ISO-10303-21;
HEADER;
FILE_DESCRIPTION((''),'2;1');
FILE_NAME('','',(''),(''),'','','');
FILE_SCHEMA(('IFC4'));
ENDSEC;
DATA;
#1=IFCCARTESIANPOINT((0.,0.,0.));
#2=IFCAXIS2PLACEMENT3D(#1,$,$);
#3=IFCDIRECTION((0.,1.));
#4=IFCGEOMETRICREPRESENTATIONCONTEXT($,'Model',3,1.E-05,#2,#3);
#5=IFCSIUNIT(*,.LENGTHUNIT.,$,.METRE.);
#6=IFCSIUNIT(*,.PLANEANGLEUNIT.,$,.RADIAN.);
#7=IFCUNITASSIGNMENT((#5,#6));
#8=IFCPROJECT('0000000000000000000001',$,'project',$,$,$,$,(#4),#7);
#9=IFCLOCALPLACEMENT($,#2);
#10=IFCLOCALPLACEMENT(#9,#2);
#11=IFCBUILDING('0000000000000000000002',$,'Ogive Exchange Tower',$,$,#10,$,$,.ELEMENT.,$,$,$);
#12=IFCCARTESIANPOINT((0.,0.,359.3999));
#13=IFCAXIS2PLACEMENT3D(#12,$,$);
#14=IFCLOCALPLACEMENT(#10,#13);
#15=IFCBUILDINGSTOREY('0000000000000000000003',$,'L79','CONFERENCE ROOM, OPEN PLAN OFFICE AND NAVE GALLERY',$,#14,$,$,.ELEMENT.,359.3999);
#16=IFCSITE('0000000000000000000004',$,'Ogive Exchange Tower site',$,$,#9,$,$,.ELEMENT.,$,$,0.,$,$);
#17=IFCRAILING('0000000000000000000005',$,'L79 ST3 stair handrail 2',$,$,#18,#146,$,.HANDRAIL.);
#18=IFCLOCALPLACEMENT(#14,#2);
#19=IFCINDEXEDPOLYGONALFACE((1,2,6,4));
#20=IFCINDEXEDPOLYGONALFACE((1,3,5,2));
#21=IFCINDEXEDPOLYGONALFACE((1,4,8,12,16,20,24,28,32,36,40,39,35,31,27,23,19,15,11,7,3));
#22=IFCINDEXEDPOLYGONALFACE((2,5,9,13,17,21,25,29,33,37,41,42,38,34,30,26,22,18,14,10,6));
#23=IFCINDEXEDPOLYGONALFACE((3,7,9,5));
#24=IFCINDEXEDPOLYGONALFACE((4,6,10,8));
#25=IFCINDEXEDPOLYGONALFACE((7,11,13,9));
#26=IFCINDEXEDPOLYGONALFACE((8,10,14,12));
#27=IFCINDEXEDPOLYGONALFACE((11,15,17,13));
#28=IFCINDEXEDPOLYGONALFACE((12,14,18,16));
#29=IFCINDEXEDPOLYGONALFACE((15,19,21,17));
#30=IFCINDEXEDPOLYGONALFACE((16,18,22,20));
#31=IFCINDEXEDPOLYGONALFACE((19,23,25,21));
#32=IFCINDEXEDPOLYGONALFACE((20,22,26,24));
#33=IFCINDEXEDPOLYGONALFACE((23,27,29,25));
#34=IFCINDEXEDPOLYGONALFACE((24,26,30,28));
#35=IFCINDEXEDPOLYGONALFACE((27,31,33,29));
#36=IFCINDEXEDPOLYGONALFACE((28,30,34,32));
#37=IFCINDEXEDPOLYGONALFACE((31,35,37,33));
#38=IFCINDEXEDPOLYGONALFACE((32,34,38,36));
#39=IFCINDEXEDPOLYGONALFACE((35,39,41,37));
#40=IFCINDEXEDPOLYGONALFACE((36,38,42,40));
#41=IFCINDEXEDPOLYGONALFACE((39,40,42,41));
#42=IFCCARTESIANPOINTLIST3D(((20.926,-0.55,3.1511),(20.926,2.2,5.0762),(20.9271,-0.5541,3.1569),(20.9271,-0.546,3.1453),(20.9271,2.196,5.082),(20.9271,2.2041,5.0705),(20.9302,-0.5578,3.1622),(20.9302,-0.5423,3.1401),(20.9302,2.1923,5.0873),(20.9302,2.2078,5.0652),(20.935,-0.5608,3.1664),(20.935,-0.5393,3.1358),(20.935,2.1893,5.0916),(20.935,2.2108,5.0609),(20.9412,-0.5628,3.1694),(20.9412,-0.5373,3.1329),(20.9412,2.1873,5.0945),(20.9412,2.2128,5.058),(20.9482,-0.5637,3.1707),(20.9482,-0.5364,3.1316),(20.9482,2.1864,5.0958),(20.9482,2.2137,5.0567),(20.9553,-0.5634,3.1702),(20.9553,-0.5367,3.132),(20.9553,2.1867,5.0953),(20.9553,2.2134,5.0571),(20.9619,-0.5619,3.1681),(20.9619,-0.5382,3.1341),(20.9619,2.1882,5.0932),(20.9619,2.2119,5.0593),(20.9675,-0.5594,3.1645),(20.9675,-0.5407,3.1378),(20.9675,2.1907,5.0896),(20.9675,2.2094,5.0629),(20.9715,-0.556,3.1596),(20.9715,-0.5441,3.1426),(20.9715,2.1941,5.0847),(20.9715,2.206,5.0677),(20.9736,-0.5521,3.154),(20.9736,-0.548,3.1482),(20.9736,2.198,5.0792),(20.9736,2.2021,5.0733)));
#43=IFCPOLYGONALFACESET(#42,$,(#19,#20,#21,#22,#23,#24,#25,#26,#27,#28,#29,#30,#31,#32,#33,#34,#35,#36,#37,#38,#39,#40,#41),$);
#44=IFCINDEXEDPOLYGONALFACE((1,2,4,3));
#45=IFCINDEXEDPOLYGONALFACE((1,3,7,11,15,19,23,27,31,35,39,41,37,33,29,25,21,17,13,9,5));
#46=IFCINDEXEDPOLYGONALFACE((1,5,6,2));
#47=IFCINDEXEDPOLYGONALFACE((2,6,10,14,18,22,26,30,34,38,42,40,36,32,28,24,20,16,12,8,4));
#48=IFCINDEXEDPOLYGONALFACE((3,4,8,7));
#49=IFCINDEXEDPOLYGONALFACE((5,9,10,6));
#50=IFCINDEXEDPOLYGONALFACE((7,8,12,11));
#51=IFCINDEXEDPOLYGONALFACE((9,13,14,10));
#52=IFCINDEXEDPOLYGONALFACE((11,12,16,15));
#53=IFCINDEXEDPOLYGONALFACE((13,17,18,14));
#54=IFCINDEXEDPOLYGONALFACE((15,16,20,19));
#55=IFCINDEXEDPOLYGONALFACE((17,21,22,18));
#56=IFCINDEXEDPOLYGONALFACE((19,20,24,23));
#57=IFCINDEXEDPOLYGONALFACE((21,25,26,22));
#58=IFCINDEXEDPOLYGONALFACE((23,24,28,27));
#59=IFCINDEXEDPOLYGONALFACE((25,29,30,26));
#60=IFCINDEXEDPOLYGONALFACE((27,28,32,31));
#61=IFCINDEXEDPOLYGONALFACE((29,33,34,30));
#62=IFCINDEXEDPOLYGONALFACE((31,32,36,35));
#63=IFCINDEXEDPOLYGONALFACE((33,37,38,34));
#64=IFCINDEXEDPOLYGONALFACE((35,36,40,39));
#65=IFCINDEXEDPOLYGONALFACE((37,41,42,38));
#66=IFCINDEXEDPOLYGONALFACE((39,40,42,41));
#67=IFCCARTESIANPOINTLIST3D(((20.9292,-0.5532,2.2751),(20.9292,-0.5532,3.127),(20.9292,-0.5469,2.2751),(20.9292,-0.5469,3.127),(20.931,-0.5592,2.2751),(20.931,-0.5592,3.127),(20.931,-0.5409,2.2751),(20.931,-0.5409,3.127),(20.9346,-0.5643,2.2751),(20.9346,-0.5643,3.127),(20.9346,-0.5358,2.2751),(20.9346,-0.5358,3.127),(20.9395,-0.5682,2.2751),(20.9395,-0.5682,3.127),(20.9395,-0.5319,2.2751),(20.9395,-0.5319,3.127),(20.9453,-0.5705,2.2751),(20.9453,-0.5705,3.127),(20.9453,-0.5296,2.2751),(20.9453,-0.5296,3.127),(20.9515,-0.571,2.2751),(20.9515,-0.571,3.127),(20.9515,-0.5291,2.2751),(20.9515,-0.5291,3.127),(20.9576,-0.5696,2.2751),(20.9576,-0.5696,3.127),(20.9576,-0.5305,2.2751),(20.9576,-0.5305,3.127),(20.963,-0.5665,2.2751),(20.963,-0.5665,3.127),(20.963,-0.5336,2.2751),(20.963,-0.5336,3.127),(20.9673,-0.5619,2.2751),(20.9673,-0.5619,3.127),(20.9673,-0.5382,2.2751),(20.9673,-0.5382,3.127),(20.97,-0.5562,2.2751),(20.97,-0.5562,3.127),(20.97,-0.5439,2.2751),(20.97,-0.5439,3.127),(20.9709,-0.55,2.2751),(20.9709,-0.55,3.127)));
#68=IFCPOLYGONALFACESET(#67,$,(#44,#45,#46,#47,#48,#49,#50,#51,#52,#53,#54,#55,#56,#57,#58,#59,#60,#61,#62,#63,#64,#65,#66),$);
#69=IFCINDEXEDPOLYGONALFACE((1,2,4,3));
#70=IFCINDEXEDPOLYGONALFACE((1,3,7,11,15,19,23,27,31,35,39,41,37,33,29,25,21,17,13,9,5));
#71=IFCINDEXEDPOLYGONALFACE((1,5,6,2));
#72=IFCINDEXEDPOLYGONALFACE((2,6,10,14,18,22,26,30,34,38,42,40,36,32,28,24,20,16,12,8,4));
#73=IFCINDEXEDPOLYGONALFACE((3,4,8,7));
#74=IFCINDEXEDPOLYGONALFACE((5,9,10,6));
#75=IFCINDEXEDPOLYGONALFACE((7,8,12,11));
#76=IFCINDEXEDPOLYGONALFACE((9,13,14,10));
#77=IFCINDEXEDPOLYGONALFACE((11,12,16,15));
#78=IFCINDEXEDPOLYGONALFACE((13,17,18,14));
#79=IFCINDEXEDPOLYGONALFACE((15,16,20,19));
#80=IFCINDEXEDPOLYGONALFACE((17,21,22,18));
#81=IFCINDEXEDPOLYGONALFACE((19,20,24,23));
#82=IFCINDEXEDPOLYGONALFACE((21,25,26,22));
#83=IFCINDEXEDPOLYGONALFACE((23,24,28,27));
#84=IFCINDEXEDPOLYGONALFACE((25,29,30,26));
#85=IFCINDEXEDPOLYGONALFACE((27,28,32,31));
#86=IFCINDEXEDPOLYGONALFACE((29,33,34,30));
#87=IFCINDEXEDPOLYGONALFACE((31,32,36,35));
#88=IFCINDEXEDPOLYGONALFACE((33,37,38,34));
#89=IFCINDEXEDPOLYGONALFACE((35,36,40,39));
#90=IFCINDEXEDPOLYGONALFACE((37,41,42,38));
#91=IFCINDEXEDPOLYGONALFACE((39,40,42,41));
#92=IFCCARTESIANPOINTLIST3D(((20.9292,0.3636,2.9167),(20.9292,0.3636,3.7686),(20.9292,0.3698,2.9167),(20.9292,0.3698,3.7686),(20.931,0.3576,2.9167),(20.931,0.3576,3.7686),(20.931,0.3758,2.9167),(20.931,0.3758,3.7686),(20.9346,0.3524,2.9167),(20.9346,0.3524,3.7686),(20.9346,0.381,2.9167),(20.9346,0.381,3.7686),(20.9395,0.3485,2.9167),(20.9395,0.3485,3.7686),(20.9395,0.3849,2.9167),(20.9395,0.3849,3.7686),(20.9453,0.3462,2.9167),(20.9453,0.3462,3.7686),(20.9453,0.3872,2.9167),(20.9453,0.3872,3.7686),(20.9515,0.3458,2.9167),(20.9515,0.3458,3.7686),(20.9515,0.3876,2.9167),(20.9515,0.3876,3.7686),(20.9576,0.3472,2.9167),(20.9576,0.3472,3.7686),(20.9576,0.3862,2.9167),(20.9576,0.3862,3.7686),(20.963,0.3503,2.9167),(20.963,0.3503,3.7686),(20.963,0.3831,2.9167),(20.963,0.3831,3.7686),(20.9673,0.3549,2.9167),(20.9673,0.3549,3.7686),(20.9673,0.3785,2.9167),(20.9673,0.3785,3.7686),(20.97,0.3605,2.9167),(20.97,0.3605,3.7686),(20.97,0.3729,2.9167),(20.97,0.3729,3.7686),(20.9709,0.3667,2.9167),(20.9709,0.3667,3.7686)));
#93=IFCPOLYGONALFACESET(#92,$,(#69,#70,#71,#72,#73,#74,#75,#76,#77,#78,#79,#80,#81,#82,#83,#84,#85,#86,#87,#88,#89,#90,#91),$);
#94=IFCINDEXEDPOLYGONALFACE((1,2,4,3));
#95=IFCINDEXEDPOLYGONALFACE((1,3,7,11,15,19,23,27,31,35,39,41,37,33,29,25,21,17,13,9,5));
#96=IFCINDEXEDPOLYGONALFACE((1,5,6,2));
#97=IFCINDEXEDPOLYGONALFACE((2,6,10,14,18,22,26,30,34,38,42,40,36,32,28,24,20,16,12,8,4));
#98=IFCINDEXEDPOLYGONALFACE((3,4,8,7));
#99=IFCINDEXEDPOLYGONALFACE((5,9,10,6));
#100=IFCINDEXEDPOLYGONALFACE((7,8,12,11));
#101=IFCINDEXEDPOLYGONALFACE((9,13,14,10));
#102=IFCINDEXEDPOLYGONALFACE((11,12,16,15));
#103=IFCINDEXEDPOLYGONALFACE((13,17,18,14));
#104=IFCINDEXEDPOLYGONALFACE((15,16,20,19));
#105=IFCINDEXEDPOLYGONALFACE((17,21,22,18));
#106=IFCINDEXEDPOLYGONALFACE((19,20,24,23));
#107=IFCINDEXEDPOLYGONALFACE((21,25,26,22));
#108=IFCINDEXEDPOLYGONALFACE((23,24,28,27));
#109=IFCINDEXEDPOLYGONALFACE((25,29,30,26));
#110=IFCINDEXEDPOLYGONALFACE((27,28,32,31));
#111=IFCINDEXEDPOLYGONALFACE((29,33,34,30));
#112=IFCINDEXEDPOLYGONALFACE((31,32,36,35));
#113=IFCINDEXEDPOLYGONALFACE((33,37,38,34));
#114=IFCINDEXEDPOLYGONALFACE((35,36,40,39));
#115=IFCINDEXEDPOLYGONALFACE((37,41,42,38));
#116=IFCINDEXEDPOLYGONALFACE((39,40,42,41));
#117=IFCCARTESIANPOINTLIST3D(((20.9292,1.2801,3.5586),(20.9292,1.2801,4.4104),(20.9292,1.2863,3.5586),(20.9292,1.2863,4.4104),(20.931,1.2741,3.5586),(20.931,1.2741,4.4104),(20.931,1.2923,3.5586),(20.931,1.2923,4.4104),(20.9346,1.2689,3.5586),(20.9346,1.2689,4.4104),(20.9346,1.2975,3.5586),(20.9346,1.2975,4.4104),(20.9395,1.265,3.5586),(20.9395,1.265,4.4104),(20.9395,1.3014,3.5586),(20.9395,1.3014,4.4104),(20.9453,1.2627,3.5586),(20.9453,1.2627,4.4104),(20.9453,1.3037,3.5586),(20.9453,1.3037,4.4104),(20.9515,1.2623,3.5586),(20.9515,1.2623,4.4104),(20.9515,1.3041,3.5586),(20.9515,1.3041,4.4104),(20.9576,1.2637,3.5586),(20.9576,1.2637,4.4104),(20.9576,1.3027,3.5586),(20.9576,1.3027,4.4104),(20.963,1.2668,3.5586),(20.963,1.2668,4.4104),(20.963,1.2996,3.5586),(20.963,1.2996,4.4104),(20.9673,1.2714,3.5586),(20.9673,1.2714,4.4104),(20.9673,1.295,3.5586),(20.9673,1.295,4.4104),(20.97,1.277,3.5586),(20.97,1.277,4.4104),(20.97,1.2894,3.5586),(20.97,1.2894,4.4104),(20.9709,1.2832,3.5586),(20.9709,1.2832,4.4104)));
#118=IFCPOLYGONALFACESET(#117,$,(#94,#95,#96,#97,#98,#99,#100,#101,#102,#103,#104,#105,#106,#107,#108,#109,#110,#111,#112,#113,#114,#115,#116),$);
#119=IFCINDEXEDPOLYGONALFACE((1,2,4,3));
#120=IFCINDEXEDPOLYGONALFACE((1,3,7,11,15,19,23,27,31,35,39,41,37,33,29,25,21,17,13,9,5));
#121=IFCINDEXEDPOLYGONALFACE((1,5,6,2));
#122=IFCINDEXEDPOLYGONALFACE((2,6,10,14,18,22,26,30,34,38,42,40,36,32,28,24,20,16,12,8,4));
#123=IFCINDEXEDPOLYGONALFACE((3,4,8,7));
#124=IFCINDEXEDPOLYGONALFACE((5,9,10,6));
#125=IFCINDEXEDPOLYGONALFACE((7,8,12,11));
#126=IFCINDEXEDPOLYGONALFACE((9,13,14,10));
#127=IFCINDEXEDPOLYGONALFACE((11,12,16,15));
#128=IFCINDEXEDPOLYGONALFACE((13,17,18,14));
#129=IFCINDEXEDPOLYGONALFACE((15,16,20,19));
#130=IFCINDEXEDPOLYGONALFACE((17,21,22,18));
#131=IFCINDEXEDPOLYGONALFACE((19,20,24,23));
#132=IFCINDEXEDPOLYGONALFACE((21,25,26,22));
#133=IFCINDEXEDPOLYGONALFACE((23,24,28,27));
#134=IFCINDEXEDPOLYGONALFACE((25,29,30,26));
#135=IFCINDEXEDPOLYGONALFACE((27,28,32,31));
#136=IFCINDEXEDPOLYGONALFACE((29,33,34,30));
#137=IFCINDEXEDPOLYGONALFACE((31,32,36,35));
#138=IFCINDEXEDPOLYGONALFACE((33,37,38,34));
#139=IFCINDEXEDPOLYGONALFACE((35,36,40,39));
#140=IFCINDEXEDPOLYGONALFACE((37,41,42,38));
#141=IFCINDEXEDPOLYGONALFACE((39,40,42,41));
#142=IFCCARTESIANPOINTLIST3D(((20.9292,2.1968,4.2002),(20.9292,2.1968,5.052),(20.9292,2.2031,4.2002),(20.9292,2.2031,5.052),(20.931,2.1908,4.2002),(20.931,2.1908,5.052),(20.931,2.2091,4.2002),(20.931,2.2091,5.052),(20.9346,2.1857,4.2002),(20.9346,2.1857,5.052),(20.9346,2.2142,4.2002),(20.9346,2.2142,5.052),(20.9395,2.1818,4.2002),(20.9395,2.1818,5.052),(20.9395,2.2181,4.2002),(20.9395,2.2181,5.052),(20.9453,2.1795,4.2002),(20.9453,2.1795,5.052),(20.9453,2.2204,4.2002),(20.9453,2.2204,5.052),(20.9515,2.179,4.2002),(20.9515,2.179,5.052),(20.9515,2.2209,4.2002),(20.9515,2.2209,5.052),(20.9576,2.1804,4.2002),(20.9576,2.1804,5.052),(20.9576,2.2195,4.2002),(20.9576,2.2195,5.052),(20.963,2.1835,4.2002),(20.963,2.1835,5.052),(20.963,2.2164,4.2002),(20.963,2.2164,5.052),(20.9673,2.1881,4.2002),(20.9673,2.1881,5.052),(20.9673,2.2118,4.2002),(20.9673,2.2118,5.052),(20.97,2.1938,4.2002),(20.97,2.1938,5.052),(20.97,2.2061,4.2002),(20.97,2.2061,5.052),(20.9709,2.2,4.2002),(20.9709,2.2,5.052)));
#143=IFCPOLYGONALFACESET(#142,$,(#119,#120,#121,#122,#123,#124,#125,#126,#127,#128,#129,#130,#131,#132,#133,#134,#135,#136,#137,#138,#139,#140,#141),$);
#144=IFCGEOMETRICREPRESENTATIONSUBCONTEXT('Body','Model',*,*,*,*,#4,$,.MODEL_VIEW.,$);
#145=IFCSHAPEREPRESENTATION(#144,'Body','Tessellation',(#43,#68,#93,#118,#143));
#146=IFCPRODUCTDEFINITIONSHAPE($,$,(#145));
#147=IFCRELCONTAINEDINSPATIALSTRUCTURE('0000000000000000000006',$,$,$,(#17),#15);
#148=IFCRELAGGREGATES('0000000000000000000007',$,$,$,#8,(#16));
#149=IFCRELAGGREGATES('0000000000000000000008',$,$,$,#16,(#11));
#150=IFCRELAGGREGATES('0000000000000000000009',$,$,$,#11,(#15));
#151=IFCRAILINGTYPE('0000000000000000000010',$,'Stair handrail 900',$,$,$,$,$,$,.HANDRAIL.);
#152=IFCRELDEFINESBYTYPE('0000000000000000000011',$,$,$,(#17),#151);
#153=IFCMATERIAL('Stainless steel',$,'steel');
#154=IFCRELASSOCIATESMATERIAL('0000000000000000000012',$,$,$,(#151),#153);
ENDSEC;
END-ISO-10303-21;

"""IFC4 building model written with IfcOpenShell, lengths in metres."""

from ifc_helpers import new_model, si_unit, direction, frame, origin, origin_2d, place, context, subcontext, project, spatial, circle, extrude, material, type_object, element, save


model = new_model("IFC4")

# Units and contexts
model_context = context("Model", 3, precision=1e-05, world=origin(), true_north=direction((0.0, 1.0)))
body_context = subcontext(model_context, "Body", "Model", "MODEL_VIEW")
ifc_project = project(units=[si_unit("LENGTHUNIT", "METRE"), si_unit("PLANEANGLEUNIT", "RADIAN")], contexts=[model_context])

# Site, building, storey
site_placement = place(None, origin())
site = spatial("IfcSite", under=ifc_project, at=site_placement, Name="Ogive Exchange Tower site", CompositionType="ELEMENT", RefElevation=0.0)
building_placement = place(site_placement, origin())
building = spatial("IfcBuilding", under=site, at=building_placement, Name="Ogive Exchange Tower", CompositionType="ELEMENT")
storey_placement = place(building_placement, frame((0.0, 0.0, 359.3999)))
storey = spatial("IfcBuildingStorey", under=building, at=storey_placement, Name="L79", Description="CONFERENCE ROOM, OPEN PLAN OFFICE AND NAVE GALLERY", CompositionType="ELEMENT", Elevation=359.3999)

# Shared definitions
ifc_material_1 = material(Name="Stainless steel", Category="steel")

# Railing
railing_type = type_object("IfcRailingType", Name="Stair handrail 900", PredefinedType="HANDRAIL", material=ifc_material_1)
railing_1_placement = place(storey_placement, frame((20.95, -0.55, 2.2751)))
element("IfcRailing", 1, at=railing_1_placement, inside=storey, type_object=railing_type, Name="L79 ST3 stair handrail 2", PredefinedType="HANDRAIL", context=body_context, shape_type="SweptSolid", body=[
    extrude(circle(Radius=0.0239, at=origin_2d()), frame((0.0, 0.0, 0.876), z_axis=(0.0, 0.819225, 0.573472), x_axis=(-1.0, 0.0, 0.0)), (0.0, 0.0, 1.0), 3.3569),
    extrude(circle(Radius=0.021, at=origin_2d()), origin(), (0.0, 0.0, 1.0), 0.8518),
    extrude(circle(Radius=0.021, at=origin_2d()), frame((0.0, 0.9167, 0.6416)), (0.0, 0.0, 1.0), 0.8518),
    extrude(circle(Radius=0.021, at=origin_2d()), frame((0.0, 1.8333, 1.2834)), (0.0, 0.0, 1.0), 0.8518),
    extrude(circle(Radius=0.021, at=origin_2d()), frame((0.0, 2.75, 1.925)), (0.0, 0.0, 1.0), 0.8518),
])

save(model, "model.ifc")
